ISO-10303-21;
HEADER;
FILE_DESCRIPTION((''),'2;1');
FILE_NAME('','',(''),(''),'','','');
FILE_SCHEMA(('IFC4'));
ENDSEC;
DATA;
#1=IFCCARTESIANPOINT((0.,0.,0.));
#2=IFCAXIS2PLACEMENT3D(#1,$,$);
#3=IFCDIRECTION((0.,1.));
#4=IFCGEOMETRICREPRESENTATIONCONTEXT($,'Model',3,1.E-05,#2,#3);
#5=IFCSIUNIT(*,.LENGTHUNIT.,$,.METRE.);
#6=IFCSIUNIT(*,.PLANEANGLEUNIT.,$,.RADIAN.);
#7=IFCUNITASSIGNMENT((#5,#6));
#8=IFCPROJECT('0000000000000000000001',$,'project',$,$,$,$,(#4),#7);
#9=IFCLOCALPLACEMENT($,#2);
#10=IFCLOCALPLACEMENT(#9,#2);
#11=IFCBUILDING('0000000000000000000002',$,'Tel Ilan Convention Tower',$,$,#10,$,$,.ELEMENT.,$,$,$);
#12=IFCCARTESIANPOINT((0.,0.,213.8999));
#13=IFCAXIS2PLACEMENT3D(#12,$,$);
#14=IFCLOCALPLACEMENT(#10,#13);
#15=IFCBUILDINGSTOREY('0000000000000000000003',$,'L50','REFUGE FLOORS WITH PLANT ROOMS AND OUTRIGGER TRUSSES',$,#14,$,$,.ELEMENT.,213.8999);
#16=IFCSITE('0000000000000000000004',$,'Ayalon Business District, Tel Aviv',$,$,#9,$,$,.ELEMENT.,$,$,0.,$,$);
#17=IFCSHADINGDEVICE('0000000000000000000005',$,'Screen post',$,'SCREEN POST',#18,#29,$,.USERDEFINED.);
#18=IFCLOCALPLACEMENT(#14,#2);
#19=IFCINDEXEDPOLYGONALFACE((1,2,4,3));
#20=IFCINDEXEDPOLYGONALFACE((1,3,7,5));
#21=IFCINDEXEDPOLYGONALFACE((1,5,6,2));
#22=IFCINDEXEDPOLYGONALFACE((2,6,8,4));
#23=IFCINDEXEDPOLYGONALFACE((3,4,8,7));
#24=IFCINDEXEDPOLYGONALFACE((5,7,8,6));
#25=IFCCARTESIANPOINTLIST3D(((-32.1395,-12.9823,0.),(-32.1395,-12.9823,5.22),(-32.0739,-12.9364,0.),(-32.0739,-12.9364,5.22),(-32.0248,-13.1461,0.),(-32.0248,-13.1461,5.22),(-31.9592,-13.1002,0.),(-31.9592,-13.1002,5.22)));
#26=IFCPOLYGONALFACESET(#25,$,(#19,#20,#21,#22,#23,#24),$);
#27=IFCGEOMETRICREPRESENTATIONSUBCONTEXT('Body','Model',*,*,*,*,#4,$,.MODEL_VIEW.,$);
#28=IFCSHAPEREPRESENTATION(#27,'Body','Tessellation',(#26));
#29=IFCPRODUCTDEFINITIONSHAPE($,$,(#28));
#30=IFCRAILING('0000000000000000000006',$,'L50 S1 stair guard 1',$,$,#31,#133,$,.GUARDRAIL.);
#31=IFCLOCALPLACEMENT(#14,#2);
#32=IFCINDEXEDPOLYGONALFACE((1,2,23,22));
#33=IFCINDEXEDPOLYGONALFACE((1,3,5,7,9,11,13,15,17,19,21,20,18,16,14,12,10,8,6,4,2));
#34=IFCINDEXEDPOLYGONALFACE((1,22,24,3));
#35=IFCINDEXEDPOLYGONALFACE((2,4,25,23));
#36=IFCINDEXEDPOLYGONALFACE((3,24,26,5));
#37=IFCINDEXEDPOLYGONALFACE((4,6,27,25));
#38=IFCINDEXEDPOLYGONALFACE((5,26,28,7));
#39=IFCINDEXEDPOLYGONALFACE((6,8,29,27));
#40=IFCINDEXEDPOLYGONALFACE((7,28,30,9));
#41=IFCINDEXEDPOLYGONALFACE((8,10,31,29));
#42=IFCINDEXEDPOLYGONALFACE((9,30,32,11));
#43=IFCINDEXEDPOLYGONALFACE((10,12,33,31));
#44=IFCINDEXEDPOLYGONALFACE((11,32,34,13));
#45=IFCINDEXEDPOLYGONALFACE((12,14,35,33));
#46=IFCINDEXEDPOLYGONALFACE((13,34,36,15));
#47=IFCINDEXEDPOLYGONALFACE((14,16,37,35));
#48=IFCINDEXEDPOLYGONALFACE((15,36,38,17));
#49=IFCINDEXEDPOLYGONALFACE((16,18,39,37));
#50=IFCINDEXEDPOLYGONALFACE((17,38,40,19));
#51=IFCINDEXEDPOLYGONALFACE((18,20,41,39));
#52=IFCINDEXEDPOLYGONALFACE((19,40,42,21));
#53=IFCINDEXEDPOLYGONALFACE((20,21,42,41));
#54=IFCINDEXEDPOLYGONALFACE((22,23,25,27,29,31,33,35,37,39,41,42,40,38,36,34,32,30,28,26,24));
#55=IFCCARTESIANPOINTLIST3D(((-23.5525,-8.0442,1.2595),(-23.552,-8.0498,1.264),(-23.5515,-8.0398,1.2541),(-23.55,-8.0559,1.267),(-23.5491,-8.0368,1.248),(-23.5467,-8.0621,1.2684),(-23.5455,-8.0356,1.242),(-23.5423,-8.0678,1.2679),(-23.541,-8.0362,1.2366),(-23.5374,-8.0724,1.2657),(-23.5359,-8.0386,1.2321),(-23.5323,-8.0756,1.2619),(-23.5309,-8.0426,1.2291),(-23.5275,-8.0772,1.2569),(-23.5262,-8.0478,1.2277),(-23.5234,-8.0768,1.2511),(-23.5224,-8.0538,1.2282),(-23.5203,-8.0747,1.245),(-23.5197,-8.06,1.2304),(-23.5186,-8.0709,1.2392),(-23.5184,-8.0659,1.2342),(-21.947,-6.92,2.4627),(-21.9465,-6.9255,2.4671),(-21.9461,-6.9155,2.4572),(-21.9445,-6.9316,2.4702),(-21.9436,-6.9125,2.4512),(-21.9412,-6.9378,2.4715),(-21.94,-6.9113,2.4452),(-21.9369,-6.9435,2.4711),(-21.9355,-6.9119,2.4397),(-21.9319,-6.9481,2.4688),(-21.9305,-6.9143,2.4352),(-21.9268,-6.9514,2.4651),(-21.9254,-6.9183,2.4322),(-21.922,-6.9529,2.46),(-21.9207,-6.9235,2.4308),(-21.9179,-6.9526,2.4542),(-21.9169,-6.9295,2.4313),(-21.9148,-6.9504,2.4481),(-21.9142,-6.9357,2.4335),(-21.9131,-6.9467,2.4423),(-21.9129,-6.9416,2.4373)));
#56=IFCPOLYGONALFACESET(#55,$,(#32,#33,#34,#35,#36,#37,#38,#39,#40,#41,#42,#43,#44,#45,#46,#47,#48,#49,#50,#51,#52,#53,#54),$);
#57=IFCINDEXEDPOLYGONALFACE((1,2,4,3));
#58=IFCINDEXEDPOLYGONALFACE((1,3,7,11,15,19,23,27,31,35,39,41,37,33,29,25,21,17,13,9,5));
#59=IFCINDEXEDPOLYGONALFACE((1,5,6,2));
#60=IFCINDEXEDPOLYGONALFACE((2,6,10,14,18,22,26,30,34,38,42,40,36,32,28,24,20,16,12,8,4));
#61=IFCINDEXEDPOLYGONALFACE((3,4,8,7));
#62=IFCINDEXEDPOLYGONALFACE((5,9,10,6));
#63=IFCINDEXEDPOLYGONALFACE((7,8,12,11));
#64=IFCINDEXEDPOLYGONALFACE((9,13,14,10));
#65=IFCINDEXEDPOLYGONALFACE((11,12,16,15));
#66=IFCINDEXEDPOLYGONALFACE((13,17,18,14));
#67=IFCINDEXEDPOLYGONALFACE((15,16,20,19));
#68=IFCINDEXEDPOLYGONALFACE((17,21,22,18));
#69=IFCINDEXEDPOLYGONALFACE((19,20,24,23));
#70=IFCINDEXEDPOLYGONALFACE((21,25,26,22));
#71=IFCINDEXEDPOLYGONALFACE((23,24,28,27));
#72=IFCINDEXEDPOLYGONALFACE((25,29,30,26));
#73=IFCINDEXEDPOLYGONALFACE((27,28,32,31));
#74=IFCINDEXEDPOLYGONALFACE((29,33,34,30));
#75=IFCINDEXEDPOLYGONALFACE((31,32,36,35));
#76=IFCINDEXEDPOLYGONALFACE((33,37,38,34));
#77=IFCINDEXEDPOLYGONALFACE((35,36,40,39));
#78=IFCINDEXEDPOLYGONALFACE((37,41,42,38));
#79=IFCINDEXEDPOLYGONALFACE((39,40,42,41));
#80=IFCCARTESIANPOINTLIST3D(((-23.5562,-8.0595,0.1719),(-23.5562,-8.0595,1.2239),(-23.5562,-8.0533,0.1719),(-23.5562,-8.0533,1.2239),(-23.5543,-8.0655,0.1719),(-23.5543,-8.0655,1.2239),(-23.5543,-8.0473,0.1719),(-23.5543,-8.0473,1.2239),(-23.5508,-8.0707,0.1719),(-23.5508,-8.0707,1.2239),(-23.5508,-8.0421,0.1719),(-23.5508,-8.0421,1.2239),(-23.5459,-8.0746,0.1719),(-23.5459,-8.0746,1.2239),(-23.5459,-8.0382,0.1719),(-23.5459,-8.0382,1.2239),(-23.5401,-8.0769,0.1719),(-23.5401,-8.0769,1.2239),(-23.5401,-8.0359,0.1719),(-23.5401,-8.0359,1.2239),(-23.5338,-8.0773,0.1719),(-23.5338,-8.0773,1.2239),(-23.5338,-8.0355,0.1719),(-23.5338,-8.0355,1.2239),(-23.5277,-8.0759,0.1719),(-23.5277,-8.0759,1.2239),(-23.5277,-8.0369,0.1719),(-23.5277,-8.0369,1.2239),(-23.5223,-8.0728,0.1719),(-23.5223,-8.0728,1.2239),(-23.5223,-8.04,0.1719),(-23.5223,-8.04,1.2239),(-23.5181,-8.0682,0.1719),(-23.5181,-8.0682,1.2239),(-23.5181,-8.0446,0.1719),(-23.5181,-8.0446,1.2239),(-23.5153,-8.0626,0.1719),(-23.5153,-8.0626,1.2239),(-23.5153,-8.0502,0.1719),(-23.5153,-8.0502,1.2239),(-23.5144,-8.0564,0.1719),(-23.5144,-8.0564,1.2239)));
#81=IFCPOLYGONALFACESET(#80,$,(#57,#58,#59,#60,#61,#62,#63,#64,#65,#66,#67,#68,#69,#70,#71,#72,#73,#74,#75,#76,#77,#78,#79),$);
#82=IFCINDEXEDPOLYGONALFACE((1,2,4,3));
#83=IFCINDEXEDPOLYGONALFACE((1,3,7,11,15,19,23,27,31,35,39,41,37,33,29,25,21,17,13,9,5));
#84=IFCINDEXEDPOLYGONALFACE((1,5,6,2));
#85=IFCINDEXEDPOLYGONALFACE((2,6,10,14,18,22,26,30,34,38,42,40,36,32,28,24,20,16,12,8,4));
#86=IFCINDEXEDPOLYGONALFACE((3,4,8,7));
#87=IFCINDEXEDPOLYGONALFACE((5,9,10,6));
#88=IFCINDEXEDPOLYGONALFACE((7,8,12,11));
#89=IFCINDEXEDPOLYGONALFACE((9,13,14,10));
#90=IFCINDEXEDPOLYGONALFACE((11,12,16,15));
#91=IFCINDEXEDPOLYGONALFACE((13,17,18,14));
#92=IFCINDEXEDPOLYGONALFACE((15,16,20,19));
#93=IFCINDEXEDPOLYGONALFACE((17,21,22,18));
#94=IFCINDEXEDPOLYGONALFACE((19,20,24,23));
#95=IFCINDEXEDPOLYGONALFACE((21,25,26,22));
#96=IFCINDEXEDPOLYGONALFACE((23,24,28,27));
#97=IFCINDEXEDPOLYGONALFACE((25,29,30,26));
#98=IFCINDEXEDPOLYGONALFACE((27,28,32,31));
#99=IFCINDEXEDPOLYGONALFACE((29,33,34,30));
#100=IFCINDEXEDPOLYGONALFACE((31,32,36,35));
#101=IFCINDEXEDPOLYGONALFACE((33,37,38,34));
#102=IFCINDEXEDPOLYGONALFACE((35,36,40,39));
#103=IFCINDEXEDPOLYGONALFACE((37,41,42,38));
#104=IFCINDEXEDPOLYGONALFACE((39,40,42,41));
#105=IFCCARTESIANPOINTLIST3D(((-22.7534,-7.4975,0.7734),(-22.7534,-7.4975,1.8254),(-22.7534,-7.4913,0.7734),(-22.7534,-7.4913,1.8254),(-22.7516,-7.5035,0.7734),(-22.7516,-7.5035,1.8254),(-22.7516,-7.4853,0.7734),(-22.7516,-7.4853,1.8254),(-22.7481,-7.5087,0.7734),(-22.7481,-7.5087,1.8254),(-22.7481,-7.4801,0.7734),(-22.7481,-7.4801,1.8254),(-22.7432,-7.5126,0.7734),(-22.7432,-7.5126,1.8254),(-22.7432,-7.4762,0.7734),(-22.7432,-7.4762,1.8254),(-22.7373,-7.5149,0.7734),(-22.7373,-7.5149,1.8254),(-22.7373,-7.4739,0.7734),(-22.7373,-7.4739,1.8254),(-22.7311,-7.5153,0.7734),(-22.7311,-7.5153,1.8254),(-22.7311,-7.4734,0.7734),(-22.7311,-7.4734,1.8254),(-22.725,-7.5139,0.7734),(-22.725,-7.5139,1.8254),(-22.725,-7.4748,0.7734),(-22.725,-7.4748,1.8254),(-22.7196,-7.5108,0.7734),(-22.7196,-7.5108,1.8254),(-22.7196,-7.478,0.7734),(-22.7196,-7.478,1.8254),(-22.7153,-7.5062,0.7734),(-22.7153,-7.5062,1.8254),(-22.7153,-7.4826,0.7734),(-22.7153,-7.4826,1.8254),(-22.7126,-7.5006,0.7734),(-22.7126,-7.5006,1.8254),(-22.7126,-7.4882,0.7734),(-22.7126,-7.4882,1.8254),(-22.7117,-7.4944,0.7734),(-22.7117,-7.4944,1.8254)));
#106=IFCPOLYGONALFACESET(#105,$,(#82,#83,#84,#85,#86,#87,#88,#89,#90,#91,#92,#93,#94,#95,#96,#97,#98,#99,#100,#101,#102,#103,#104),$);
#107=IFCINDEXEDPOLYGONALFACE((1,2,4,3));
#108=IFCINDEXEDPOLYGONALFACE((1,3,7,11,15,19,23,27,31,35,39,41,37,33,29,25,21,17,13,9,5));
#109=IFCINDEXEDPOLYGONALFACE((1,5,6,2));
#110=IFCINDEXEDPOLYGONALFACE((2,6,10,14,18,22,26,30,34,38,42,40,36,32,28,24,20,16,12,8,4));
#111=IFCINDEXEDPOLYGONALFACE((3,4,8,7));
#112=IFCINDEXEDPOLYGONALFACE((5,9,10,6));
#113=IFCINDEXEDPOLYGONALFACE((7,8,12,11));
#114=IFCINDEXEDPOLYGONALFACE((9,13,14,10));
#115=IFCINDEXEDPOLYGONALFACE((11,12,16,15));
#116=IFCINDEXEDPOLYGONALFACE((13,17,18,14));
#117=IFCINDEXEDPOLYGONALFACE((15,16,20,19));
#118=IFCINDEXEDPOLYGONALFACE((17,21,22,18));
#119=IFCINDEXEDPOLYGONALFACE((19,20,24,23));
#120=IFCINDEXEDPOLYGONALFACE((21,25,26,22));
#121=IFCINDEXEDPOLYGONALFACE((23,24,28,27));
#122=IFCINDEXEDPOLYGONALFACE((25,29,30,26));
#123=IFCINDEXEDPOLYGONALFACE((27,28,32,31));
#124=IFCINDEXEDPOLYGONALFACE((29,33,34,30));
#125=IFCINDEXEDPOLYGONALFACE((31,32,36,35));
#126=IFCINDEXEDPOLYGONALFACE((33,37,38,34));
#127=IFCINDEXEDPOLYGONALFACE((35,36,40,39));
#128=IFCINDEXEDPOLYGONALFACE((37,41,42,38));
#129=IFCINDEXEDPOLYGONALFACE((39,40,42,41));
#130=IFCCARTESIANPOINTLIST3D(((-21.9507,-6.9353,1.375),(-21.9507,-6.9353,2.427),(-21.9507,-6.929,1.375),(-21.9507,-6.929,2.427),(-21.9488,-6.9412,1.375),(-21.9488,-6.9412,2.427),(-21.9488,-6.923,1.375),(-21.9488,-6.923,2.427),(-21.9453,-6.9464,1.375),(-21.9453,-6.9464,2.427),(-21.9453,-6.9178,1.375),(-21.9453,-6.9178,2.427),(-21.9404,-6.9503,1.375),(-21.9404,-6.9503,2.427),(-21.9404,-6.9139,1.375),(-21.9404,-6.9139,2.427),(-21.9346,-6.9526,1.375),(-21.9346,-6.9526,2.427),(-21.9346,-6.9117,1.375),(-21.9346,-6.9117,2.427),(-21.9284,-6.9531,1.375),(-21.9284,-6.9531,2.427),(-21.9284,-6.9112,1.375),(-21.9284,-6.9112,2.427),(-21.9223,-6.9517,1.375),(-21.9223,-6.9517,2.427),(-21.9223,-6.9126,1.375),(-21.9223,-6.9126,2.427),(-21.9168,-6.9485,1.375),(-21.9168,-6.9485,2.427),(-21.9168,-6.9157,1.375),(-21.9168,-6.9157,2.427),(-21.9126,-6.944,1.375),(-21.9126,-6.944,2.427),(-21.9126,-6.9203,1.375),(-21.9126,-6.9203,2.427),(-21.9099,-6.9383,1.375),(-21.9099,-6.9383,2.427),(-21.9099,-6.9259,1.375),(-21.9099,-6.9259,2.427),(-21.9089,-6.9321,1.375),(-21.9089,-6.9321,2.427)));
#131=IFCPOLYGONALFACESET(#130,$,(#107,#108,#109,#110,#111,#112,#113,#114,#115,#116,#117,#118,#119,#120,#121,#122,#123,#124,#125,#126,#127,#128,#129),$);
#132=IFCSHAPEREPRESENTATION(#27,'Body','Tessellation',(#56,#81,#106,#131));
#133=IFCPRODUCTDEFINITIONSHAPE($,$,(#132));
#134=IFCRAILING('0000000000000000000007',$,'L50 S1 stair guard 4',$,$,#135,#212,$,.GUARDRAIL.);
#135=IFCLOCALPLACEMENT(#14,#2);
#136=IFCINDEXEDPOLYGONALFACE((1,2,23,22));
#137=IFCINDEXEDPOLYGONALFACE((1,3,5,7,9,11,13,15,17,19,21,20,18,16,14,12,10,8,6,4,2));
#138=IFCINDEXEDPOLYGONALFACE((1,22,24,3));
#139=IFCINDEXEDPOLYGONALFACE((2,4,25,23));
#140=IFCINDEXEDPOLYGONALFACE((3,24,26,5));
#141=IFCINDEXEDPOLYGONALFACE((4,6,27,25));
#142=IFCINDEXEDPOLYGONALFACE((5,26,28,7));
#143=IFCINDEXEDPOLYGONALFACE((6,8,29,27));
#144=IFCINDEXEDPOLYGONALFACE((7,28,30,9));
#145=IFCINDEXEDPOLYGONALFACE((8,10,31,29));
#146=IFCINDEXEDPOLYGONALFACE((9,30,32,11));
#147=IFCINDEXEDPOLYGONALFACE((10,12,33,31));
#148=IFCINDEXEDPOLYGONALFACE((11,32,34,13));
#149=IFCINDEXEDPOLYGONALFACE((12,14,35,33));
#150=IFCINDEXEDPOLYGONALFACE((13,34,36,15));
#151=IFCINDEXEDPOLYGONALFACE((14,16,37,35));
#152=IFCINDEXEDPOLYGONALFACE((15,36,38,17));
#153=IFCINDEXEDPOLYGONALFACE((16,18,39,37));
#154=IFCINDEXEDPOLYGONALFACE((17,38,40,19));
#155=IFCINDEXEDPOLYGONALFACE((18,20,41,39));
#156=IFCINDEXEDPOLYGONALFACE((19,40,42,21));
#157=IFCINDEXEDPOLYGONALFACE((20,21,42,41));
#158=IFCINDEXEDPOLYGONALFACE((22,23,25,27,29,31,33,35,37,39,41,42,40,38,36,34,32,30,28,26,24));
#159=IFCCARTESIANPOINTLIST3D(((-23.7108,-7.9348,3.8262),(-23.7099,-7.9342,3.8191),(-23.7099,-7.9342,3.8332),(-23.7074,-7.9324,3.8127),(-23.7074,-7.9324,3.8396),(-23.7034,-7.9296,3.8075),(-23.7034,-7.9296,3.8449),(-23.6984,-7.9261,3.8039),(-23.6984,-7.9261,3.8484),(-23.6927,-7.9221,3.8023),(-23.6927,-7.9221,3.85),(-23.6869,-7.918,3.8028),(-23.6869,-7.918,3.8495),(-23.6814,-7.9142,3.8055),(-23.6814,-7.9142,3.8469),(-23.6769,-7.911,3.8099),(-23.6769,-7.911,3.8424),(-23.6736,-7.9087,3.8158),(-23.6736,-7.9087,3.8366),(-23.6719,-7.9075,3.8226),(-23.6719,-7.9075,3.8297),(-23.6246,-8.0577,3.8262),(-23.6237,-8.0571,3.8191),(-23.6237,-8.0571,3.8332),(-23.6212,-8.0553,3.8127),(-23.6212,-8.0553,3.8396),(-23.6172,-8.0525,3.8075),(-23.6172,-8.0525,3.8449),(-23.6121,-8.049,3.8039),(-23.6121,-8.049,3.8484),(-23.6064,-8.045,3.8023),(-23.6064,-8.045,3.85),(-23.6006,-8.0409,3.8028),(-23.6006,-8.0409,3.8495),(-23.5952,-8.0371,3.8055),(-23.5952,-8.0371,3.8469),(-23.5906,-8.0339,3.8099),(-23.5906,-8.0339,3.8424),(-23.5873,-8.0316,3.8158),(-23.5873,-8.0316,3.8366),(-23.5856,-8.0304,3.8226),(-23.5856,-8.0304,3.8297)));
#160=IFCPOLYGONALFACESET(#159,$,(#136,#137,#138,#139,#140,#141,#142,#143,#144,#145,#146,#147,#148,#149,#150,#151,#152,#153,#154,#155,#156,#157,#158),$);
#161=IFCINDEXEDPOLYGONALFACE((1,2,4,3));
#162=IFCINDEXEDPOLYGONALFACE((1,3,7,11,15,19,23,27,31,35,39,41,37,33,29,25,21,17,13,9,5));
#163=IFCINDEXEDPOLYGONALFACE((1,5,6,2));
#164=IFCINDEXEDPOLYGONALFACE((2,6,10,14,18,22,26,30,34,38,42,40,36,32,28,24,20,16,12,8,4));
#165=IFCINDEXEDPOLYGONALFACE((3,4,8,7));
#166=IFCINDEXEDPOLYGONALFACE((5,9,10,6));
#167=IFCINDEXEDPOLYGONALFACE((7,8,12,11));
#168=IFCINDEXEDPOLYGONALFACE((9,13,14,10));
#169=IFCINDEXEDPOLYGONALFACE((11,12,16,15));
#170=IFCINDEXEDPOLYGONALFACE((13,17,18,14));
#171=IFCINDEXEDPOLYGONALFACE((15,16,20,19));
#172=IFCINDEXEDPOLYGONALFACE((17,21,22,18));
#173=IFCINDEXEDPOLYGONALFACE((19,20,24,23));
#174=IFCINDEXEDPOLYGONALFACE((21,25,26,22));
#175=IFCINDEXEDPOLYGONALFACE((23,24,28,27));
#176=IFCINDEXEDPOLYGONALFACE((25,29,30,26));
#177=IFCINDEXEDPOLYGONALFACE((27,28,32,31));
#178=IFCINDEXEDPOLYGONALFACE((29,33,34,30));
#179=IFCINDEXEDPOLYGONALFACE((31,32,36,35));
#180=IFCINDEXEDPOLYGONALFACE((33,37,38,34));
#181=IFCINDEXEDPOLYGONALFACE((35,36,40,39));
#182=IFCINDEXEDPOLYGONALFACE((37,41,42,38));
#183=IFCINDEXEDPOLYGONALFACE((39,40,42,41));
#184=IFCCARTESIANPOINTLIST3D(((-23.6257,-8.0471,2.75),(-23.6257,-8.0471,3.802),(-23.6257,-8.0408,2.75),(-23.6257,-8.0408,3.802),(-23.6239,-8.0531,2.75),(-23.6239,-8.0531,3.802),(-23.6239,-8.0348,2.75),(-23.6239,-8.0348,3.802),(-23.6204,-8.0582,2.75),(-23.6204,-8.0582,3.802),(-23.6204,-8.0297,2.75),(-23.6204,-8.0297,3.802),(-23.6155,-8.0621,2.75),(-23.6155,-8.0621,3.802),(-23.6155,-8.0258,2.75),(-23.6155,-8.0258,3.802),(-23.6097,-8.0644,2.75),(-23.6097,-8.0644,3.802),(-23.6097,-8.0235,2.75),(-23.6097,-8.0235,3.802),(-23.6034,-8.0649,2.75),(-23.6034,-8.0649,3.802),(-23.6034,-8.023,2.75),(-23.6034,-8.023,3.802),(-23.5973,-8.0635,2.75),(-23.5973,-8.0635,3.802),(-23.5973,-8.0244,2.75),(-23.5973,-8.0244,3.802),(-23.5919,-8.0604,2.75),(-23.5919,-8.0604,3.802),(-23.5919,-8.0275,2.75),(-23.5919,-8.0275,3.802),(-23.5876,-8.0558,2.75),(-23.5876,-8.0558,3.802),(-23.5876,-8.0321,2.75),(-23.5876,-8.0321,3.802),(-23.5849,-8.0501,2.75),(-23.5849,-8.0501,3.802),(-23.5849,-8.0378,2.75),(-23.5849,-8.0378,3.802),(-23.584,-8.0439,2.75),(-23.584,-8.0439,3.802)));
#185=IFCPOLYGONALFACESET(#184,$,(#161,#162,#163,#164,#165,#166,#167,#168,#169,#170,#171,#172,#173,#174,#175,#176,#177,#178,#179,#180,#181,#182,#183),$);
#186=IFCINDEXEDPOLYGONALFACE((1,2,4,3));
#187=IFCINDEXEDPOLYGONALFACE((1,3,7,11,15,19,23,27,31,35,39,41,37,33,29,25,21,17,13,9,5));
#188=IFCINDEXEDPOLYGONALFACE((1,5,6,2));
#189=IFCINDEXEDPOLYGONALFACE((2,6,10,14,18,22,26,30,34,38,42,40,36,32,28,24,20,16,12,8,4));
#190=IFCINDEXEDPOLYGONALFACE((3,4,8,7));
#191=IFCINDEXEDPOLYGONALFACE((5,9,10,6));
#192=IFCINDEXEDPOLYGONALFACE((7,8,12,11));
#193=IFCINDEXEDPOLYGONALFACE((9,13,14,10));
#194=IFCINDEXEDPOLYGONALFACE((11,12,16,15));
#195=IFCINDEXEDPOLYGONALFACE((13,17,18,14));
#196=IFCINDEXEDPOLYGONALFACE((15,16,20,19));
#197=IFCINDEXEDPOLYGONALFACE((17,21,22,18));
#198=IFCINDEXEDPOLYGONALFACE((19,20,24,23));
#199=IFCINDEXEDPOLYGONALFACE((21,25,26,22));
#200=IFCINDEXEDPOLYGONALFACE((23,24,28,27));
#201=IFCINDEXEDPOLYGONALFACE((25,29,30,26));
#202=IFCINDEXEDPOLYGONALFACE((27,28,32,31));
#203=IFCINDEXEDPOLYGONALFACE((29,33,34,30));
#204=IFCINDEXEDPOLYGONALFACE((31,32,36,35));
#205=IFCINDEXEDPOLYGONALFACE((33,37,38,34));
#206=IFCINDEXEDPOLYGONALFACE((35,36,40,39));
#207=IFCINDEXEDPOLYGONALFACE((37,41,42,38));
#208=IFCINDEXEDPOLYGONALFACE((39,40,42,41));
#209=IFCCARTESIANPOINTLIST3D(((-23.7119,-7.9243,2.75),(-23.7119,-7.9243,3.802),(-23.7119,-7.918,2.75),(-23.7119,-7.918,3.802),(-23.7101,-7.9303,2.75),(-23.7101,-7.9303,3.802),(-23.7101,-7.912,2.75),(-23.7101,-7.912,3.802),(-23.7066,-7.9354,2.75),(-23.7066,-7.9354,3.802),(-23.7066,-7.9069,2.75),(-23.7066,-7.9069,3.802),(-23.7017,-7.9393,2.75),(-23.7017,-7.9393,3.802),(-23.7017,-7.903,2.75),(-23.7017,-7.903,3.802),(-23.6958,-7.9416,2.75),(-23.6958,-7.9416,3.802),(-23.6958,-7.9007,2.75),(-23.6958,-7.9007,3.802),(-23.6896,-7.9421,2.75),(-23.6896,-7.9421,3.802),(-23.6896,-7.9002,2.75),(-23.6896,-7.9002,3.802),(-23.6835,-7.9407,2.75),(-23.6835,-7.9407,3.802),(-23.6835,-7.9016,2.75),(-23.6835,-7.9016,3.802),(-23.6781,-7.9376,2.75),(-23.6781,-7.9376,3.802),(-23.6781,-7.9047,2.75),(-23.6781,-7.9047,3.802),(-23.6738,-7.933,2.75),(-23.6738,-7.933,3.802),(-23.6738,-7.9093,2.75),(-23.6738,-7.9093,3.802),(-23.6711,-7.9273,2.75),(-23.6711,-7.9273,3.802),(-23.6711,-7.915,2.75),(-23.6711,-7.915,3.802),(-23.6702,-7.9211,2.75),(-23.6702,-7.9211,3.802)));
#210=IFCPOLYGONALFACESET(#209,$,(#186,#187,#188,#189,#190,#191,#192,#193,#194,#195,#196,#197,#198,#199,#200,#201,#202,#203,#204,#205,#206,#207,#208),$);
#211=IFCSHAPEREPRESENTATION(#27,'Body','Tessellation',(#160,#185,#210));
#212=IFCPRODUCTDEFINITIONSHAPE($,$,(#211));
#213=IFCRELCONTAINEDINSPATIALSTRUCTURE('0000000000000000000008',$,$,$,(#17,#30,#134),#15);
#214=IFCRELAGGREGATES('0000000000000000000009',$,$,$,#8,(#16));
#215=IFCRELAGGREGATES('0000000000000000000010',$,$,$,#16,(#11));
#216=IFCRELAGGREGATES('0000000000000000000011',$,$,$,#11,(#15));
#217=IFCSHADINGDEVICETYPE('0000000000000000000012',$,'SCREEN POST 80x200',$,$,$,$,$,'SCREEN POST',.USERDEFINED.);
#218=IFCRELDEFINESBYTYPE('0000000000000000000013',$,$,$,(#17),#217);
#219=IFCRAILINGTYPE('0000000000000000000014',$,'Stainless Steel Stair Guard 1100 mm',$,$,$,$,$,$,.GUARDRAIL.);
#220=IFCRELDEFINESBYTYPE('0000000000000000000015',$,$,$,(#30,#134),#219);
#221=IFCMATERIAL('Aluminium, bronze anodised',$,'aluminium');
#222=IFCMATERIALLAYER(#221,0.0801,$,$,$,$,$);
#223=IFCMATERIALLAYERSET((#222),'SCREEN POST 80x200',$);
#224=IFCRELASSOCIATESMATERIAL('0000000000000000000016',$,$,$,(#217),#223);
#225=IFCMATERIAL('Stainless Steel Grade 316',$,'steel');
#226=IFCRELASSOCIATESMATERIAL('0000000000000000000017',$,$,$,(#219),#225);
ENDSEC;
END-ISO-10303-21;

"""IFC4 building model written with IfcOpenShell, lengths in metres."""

from ifc_helpers import new_model, si_unit, direction, frame, origin, origin_2d, place, context, subcontext, project, spatial, rectangle, circle, extrude, material, layer, layer_set, type_object, element, save


model = new_model("IFC4")

# Units and contexts
model_context = context("Model", 3, precision=1e-05, world=origin(), true_north=direction((0.0, 1.0)))
body_context = subcontext(model_context, "Body", "Model", "MODEL_VIEW")
ifc_project = project(units=[si_unit("LENGTHUNIT", "METRE"), si_unit("PLANEANGLEUNIT", "RADIAN")], contexts=[model_context])

# Site, building, storey
site_placement = place(None, origin())
site = spatial("IfcSite", under=ifc_project, at=site_placement, Name="Ayalon Business District, Tel Aviv", CompositionType="ELEMENT", RefElevation=0.0)
building_placement = place(site_placement, origin())
building = spatial("IfcBuilding", under=site, at=building_placement, Name="Tel Ilan Convention Tower", CompositionType="ELEMENT")
storey_placement = place(building_placement, frame((0.0, 0.0, 213.8999)))
storey = spatial("IfcBuildingStorey", under=building, at=storey_placement, Name="L50", Description="REFUGE FLOORS WITH PLANT ROOMS AND OUTRIGGER TRUSSES", CompositionType="ELEMENT", Elevation=213.8999)

# Shading device
ifc_material_1 = material(Name="Aluminium, bronze anodised", Category="aluminium")
ifc_layer_1 = layer(ifc_material_1, 0.0801)
ifc_layer_set_1 = layer_set([ifc_layer_1], Name="SCREEN POST 80x200")
shading_device_type_1 = type_object("IfcShadingDeviceType", Name="SCREEN POST 80x200", ElementType="SCREEN POST", PredefinedType="USERDEFINED", material=ifc_layer_set_1)
for number, where, z_axis, x_axis, name in (
    (1, (-32.0493, -13.0413, 0.0), (0.0, 0.0, 1.0), (-0.819152, -0.573576, 0.0), "Screen post"),
):
    element("IfcShadingDevice", number, at=place(storey_placement, frame(where, z_axis=z_axis, x_axis=x_axis)), inside=storey, type_object=shading_device_type_1, Name=name, ObjectType="SCREEN POST", PredefinedType="USERDEFINED", context=body_context, shape_type="SweptSolid", body=[
        extrude(rectangle(XDim=0.0801, YDim=0.2, at=origin_2d()), origin(), (0.0, 0.0, 1.0), 5.22),
    ])

# Railings
ifc_material_2 = material(Name="Stainless Steel Grade 316", Category="steel")
railing_type_1 = type_object("IfcRailingType", Name="Stainless Steel Stair Guard 1100 mm", PredefinedType="GUARDRAIL", material=ifc_material_2)
railing_1_placement = place(storey_placement, frame((-23.5354, -8.0564, 0.1719)))
element("IfcRailing", 2, at=railing_1_placement, inside=storey, type_object=railing_type_1, Name="L50 S1 stair guard 1", PredefinedType="GUARDRAIL", context=body_context, shape_type="SweptSolid", body=[
    extrude(circle(Radius=0.0239, at=origin_2d()), frame((0.0, 0.0, 1.0762), z_axis=(0.698095, 0.488857, 0.523146), x_axis=(-0.573613, 0.819127, 0.0)), (0.0, 0.0, 1.0), 2.2998),
    extrude(circle(Radius=0.021, at=origin_2d()), origin(), (0.0, 0.0, 1.0), 1.052),
    extrude(circle(Radius=0.021, at=origin_2d()), frame((0.8027, 0.562, 0.6016)), (0.0, 0.0, 1.0), 1.052),
    extrude(circle(Radius=0.021, at=origin_2d()), frame((1.6055, 1.1243, 1.2031)), (0.0, 0.0, 1.0), 1.052),
])
railing_2_placement = place(storey_placement, frame((-23.605, -8.0439, 2.75)))
element("IfcRailing", 3, at=railing_2_placement, inside=storey, type_object=railing_type_1, Name="L50 S1 stair guard 4", PredefinedType="GUARDRAIL", context=body_context, shape_type="SweptSolid", body=[
    extrude(circle(Radius=0.0239, at=origin_2d()), frame((0.0, 0.0, 1.0762), z_axis=(-0.574445, 0.818543, 0.0), x_axis=(-0.818543, -0.574445, 0.0)), (0.0, 0.0, 1.0), 0.1501),
    extrude(circle(Radius=0.021, at=origin_2d()), origin(), (0.0, 0.0, 1.0), 1.052),
    extrude(circle(Radius=0.021, at=origin_2d()), frame((-0.0862, 0.1228, 0.0)), (0.0, 0.0, 1.0), 1.052),
])

save(model, "model.ifc")
